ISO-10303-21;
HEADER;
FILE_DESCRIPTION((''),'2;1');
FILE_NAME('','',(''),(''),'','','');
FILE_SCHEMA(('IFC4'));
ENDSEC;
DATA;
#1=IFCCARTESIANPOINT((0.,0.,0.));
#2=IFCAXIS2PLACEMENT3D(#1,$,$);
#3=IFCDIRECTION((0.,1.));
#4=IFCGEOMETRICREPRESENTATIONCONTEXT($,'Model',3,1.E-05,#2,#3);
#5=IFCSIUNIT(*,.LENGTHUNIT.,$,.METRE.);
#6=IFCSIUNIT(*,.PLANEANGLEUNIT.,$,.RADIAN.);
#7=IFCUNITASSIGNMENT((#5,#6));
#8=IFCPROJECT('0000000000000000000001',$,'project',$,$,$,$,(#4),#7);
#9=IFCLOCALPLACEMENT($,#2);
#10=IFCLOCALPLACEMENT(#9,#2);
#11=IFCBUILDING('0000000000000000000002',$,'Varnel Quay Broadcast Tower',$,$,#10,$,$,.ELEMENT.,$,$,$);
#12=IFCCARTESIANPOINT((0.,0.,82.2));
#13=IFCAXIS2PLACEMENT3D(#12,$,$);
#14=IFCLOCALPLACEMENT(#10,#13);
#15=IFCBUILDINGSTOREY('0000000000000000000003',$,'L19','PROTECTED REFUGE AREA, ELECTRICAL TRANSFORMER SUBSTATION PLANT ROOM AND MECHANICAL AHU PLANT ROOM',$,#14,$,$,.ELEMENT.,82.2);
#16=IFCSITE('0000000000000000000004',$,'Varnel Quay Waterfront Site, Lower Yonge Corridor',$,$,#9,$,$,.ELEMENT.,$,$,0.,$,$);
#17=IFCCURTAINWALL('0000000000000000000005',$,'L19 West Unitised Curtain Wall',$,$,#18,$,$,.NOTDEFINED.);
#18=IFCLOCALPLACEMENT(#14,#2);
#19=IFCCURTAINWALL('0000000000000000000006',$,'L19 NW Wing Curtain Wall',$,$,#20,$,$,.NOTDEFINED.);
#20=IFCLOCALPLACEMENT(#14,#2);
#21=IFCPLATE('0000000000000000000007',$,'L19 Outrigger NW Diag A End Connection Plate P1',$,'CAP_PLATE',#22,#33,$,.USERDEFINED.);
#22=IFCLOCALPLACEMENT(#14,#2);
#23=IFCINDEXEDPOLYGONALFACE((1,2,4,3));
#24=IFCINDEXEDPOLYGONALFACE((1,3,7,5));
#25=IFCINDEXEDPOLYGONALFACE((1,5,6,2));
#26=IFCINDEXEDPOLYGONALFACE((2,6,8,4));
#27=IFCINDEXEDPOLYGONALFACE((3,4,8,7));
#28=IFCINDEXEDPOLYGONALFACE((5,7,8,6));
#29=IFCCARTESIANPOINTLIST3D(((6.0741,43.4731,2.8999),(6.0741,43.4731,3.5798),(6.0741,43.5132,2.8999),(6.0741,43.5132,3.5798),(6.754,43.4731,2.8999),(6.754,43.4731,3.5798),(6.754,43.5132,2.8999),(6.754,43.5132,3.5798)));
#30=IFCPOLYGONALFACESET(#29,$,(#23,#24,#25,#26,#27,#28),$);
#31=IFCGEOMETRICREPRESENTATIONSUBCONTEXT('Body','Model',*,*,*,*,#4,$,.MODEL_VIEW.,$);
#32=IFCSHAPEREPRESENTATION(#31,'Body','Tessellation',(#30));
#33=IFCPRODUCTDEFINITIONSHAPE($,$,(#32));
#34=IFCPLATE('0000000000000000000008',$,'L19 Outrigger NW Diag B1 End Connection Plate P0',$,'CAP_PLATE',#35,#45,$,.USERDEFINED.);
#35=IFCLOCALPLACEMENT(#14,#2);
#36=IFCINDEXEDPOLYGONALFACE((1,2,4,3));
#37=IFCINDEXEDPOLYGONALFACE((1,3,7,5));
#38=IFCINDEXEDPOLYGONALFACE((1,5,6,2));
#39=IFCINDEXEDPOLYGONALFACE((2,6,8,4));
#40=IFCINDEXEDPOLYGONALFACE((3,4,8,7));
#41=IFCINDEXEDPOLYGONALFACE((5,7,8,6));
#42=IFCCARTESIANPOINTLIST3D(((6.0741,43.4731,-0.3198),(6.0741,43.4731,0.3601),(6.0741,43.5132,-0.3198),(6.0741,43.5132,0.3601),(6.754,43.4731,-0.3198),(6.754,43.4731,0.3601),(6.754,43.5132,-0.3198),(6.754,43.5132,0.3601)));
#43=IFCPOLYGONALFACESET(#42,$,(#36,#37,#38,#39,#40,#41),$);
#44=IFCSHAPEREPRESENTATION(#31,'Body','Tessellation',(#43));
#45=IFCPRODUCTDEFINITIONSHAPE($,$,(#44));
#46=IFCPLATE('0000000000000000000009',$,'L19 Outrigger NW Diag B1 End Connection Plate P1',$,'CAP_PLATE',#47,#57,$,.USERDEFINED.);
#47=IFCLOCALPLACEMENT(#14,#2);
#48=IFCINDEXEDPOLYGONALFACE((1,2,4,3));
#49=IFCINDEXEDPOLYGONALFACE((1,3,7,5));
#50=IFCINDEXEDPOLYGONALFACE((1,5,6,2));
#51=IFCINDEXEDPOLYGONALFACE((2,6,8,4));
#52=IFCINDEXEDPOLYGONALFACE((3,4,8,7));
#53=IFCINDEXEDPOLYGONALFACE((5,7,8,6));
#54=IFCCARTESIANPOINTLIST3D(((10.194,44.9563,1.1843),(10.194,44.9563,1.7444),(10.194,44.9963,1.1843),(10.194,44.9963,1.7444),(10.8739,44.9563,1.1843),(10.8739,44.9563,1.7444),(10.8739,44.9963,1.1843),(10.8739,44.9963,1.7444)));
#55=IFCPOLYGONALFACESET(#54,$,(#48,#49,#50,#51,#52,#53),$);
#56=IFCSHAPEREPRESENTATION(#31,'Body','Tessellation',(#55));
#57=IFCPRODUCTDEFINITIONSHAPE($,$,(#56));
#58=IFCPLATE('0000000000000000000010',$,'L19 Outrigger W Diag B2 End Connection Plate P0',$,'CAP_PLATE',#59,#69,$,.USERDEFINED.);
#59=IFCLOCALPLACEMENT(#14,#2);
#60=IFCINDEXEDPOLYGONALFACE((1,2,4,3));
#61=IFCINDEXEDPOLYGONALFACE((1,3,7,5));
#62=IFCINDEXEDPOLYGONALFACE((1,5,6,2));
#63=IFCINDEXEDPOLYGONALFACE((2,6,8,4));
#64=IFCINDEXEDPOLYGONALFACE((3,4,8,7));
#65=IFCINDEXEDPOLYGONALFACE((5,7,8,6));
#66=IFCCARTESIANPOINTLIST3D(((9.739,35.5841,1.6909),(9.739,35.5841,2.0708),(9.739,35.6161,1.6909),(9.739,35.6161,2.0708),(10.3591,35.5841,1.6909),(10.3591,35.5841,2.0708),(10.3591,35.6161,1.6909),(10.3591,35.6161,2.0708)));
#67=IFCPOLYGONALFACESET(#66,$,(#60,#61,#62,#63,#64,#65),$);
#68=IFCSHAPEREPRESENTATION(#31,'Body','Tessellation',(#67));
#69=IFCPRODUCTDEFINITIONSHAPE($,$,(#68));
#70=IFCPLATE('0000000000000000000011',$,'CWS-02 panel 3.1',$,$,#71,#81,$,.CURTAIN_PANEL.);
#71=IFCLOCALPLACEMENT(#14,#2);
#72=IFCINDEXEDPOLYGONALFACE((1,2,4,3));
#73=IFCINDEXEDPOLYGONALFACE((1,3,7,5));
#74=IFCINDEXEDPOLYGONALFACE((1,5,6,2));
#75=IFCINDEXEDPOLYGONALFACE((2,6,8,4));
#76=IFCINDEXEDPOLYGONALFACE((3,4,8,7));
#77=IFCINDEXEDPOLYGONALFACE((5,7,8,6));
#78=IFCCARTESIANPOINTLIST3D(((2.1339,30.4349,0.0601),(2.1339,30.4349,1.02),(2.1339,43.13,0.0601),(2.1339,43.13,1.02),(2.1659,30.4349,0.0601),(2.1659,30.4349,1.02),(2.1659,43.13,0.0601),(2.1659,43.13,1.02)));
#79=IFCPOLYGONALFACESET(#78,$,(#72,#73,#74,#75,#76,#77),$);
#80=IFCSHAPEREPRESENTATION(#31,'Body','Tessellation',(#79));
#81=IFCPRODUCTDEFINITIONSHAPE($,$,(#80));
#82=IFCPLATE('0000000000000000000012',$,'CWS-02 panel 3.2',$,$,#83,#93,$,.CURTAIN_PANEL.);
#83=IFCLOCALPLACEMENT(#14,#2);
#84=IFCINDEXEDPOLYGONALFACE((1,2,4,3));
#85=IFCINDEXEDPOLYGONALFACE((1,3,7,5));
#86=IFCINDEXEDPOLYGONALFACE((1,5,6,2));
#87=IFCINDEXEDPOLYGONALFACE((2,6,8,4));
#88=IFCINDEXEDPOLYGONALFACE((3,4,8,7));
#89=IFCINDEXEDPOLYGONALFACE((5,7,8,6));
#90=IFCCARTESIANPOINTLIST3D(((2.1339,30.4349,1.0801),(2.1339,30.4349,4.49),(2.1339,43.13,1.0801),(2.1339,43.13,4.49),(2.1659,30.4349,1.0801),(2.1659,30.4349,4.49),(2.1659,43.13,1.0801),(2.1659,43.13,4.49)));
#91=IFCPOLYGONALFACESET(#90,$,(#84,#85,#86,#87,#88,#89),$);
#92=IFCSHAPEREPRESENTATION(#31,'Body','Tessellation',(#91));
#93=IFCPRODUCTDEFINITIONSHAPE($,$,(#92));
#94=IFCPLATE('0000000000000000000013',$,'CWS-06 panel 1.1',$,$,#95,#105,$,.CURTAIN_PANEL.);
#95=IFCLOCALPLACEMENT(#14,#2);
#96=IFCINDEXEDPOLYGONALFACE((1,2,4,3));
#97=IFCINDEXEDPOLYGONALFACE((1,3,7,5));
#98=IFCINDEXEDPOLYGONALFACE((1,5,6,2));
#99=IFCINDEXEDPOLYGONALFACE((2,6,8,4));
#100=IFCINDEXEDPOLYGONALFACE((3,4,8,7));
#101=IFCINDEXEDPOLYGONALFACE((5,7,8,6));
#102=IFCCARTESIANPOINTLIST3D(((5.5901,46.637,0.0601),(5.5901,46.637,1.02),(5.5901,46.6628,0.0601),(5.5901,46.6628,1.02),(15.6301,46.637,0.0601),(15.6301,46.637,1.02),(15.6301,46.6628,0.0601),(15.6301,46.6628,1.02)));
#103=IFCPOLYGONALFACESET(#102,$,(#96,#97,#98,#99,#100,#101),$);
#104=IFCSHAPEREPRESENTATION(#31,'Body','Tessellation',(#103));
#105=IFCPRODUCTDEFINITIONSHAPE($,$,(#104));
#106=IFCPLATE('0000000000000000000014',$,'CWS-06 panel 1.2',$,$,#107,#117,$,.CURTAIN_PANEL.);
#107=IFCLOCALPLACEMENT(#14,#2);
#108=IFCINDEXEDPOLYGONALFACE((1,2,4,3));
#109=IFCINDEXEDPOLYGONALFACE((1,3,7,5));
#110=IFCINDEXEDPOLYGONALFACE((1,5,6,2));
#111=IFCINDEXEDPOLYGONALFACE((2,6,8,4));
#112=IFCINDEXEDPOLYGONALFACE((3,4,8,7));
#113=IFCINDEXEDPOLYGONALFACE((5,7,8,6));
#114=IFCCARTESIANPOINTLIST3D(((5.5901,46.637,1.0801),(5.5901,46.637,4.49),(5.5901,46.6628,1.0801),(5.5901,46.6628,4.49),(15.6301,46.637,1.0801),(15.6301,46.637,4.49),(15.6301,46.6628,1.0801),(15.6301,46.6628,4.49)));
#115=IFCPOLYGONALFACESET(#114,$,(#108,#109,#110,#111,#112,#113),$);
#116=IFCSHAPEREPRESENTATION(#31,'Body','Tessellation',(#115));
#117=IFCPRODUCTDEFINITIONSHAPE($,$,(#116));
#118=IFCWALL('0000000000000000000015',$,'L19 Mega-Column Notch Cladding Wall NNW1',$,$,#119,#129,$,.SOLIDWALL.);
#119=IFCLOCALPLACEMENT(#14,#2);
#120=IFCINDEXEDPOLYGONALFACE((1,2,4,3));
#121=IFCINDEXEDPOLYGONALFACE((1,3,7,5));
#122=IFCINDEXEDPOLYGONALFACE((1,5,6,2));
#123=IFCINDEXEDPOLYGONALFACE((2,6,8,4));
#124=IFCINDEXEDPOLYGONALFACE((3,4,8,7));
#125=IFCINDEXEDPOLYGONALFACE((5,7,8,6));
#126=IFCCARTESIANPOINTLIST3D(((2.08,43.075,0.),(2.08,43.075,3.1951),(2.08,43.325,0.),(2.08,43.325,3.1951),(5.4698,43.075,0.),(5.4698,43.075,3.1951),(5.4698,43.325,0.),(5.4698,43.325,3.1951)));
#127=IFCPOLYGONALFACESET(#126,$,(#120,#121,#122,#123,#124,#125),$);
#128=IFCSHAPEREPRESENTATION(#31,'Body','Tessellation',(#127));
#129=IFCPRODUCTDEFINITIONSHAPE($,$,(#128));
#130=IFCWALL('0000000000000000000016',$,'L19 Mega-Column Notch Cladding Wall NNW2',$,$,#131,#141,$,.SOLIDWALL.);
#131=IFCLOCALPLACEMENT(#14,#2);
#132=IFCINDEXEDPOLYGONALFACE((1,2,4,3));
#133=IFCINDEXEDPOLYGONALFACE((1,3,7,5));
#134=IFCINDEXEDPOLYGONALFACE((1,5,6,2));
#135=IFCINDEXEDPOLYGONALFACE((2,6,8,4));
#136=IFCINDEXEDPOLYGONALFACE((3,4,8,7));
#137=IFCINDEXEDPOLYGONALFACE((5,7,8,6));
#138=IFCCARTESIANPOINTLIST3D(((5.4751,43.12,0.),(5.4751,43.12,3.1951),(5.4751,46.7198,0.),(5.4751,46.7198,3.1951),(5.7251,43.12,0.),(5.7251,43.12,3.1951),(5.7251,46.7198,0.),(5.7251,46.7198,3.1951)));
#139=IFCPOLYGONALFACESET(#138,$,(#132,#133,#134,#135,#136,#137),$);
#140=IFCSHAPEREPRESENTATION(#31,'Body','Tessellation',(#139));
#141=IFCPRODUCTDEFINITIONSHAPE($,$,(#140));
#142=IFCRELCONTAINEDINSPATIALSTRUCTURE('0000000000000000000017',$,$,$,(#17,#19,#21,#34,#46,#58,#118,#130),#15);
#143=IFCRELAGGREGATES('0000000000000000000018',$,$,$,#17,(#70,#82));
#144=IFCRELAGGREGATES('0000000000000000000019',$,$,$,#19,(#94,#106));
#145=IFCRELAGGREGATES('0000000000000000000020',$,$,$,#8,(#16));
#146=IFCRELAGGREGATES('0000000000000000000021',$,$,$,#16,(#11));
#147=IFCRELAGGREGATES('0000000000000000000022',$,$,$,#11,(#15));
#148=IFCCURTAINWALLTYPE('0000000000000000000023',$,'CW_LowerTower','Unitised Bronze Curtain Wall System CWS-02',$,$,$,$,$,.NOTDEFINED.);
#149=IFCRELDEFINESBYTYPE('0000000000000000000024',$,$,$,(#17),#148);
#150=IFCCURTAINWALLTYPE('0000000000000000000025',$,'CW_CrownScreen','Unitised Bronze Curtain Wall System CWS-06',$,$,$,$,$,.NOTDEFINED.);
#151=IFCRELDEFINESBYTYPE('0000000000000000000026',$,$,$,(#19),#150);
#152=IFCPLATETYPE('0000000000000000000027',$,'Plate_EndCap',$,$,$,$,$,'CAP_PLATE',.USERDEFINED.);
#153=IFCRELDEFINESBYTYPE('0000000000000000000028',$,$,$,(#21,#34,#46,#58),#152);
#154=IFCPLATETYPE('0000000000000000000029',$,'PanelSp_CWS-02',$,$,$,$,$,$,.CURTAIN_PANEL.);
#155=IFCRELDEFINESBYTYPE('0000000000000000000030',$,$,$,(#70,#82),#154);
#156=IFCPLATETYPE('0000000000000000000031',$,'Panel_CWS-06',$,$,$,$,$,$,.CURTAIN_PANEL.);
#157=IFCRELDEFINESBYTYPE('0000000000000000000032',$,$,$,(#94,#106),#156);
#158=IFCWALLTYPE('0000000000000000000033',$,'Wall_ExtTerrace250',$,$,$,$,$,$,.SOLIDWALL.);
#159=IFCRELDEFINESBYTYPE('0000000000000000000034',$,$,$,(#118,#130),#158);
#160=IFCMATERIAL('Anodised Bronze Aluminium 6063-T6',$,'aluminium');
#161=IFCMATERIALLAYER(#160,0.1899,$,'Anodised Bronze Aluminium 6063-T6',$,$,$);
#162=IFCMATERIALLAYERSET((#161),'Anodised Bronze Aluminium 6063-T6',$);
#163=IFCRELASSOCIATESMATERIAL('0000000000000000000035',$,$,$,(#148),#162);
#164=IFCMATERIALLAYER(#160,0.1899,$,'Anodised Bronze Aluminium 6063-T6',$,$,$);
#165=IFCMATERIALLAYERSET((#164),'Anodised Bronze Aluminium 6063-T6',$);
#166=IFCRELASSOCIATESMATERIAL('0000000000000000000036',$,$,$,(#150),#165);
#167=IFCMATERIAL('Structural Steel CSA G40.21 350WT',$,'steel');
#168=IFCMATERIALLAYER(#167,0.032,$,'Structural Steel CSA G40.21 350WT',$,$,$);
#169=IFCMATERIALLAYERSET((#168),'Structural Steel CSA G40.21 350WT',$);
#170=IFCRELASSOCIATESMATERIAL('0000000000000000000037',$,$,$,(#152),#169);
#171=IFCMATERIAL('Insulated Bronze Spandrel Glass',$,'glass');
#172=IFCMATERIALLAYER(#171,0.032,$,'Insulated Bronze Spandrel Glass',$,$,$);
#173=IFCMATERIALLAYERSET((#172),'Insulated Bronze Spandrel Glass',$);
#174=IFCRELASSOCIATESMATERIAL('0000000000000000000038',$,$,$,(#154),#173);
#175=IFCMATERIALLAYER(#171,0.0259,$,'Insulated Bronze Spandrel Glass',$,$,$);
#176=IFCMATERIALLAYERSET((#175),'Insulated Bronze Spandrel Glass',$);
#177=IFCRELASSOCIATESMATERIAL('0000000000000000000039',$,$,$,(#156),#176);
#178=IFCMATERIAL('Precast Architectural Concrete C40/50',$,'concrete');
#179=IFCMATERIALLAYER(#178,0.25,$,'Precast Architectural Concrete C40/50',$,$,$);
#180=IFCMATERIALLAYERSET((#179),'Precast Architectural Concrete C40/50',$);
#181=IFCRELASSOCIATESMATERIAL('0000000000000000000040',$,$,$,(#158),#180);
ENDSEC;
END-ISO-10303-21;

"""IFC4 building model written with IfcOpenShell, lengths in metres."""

from ifc_helpers import new_model, si_unit, direction, frame, frame_2d, origin, origin_2d, place, context, subcontext, project, spatial, rectangle, extrude, source, transform, mapped, material, layer, layer_set, type_object, type_shapes, element, aggregate, save


model = new_model("IFC4")

# Units and contexts
model_context = context("Model", 3, precision=1e-05, world=origin(), true_north=direction((0.0, 1.0)))
body_context = subcontext(model_context, "Body", "Model", "MODEL_VIEW")
ifc_project = project(units=[si_unit("LENGTHUNIT", "METRE"), si_unit("PLANEANGLEUNIT", "RADIAN")], contexts=[model_context])

# Site, building, storey
site_placement = place(None, origin())
site = spatial("IfcSite", under=ifc_project, at=site_placement, Name="Varnel Quay Waterfront Site, Lower Yonge Corridor", CompositionType="ELEMENT", RefElevation=0.0)
building_placement = place(site_placement, origin())
building = spatial("IfcBuilding", under=site, at=building_placement, Name="Varnel Quay Broadcast Tower", CompositionType="ELEMENT")
storey_placement = place(building_placement, frame((0.0, 0.0, 82.2)))
storey = spatial("IfcBuildingStorey", under=building, at=storey_placement, Name="L19", Description="PROTECTED REFUGE AREA, ELECTRICAL TRANSFORMER SUBSTATION PLANT ROOM AND MECHANICAL AHU PLANT ROOM", CompositionType="ELEMENT", Elevation=82.2)

# Shared definitions
ifc_material_1 = material(Name="Structural Steel CSA G40.21 350WT", Category="steel")

# Curtain wall
ifc_material_2 = material(Name="Anodised Bronze Aluminium 6063-T6", Category="aluminium")
ifc_layer_1 = layer(ifc_material_2, 0.1899, Name="Anodised Bronze Aluminium 6063-T6")
ifc_layer_set_1 = layer_set([ifc_layer_1], Name="Anodised Bronze Aluminium 6063-T6")
curtain_wall_type_1 = type_object("IfcCurtainWallType", Name="CW_LowerTower", Description="Unitised Bronze Curtain Wall System CWS-02", PredefinedType="NOTDEFINED", material=ifc_layer_set_1)
curtain_wall_1_placement = place(storey_placement, origin())
curtain_wall_1 = element("IfcCurtainWall", 1, at=curtain_wall_1_placement, inside=storey, type_object=curtain_wall_type_1, Name="L19 West Unitised Curtain Wall", PredefinedType="NOTDEFINED")

# Curtain wall
ifc_layer_2 = layer(ifc_material_2, 0.1899, Name="Anodised Bronze Aluminium 6063-T6")
ifc_layer_set_2 = layer_set([ifc_layer_2], Name="Anodised Bronze Aluminium 6063-T6")
curtain_wall_type_2 = type_object("IfcCurtainWallType", Name="CW_CrownScreen", Description="Unitised Bronze Curtain Wall System CWS-06", PredefinedType="NOTDEFINED", material=ifc_layer_set_2)
curtain_wall_2_placement = place(storey_placement, origin())
curtain_wall_2 = element("IfcCurtainWall", 2, at=curtain_wall_2_placement, inside=storey, type_object=curtain_wall_type_2, Name="L19 NW Wing Curtain Wall", PredefinedType="NOTDEFINED")

# Plates
ifc_layer_3 = layer(ifc_material_1, 0.032, Name="Structural Steel CSA G40.21 350WT")
ifc_layer_set_3 = layer_set([ifc_layer_3], Name="Structural Steel CSA G40.21 350WT")
plate_type_1 = type_object("IfcPlateType", Name="Plate_EndCap", ElementType="CAP_PLATE", PredefinedType="USERDEFINED", material=ifc_layer_set_3)
shared_shape_1 = source(origin(), body_context, "Body", "SweptSolid", [
    extrude(rectangle(XDim=0.6799, YDim=0.04, at=origin_2d()), origin(), (0.0, 0.0, 1.0), 0.6799),
])
for number, where, z_axis, x_axis, name in (
    (3, (6.4141, 43.4932, 2.8999), (0.0, 0.0, 1.0), (1.0, 0.0, 0.0), "L19 Outrigger NW Diag A End Connection Plate P1"),
    (4, (6.4141, 43.4932, -0.3198), (0.0, 0.0, 1.0), (1.0, 0.0, 0.0), "L19 Outrigger NW Diag B1 End Connection Plate P0"),
):
    element("IfcPlate", number, at=place(storey_placement, frame(where, z_axis=z_axis, x_axis=x_axis)), inside=storey, type_object=plate_type_1, Name=name, ObjectType="CAP_PLATE", PredefinedType="USERDEFINED", context=body_context, shape_type="MappedRepresentation", body=[
        mapped(shared_shape_1, transform((0.0, 0.0, 0.0), x_axis=(1.0, 0.0, 0.0), y_axis=(0.0, 1.0, 0.0), z_axis=(0.0, 0.0, 1.0), scale=1.0)),
    ])
shared_shape_2 = source(origin(), body_context, "Body", "SweptSolid", [
    extrude(rectangle(XDim=0.6799, YDim=0.04, at=origin_2d()), origin(), (0.0, 0.0, 1.0), 0.5601),
])
plate_1_placement = place(storey_placement, frame((10.5339, 44.9763, 1.1843), z_axis=(0.0, 0.0, 1.0), x_axis=(1.0, 0.0, 0.0)))
element("IfcPlate", 5, at=plate_1_placement, inside=storey, type_object=plate_type_1, Name="L19 Outrigger NW Diag B1 End Connection Plate P1", ObjectType="CAP_PLATE", PredefinedType="USERDEFINED", context=body_context, shape_type="MappedRepresentation", body=[
    mapped(shared_shape_2, transform((0.0, 0.0, 0.0), x_axis=(1.0, 0.0, 0.0), y_axis=(0.0, 1.0, 0.0), z_axis=(0.0, 0.0, 1.0), scale=1.0)),
])
shared_shape_3 = source(origin(), body_context, "Body", "SweptSolid", [
    extrude(rectangle(XDim=0.6201, YDim=0.032, at=origin_2d()), origin(), (0.0, 0.0, 1.0), 0.3799),
])
type_shapes(plate_type_1, [shared_shape_1, shared_shape_2, shared_shape_3])
plate_2_placement = place(storey_placement, frame((10.0491, 35.6001, 1.6909), z_axis=(0.0, 0.0, 1.0), x_axis=(1.0, 0.0, 0.0)))
element("IfcPlate", 6, at=plate_2_placement, inside=storey, type_object=plate_type_1, Name="L19 Outrigger W Diag B2 End Connection Plate P0", ObjectType="CAP_PLATE", PredefinedType="USERDEFINED", context=body_context, shape_type="MappedRepresentation", body=[
    mapped(shared_shape_3, transform((0.0, 0.0, 0.0), x_axis=(1.0, 0.0, 0.0), y_axis=(0.0, 1.0, 0.0), z_axis=(0.0, 0.0, 1.0), scale=1.0)),
])

# Plates
ifc_material_3 = material(Name="Insulated Bronze Spandrel Glass", Category="glass")
ifc_layer_4 = layer(ifc_material_3, 0.032, Name="Insulated Bronze Spandrel Glass")
ifc_layer_set_4 = layer_set([ifc_layer_4], Name="Insulated Bronze Spandrel Glass")
plate_type_2 = type_object("IfcPlateType", Name="PanelSp_CWS-02", PredefinedType="CURTAIN_PANEL", material=ifc_layer_set_4)
shared_shape_4 = source(origin(), body_context, "Body", "SweptSolid", [
    extrude(rectangle(XDim=12.6951, YDim=0.032, at=origin_2d()), origin(), (0.0, 0.0, 1.0), 0.96),
])
plate_3_placement = place(storey_placement, frame((2.1499, 36.7825, 0.0601), z_axis=(0.0, 0.0, 1.0), x_axis=(0.0, 1.0, 0.0)))
plate_3 = element("IfcPlate", 7, at=plate_3_placement, type_object=plate_type_2, Name="CWS-02 panel 3.1", PredefinedType="CURTAIN_PANEL", context=body_context, shape_type="MappedRepresentation", body=[
    mapped(shared_shape_4, transform((0.0, 0.0, 0.0), x_axis=(1.0, 0.0, 0.0), y_axis=(0.0, 1.0, 0.0), z_axis=(0.0, 0.0, 1.0), scale=1.0)),
])
shared_shape_5 = source(origin(), body_context, "Body", "SweptSolid", [
    extrude(rectangle(XDim=12.6951, YDim=0.032, at=origin_2d()), origin(), (0.0, 0.0, 1.0), 3.4099),
])
type_shapes(plate_type_2, [shared_shape_4, shared_shape_5])
plate_4_placement = place(storey_placement, frame((2.1499, 36.7825, 1.0801), z_axis=(0.0, 0.0, 1.0), x_axis=(0.0, 1.0, 0.0)))
plate_4 = element("IfcPlate", 8, at=plate_4_placement, type_object=plate_type_2, Name="CWS-02 panel 3.2", PredefinedType="CURTAIN_PANEL", context=body_context, shape_type="MappedRepresentation", body=[
    mapped(shared_shape_5, transform((0.0, 0.0, 0.0), x_axis=(1.0, 0.0, 0.0), y_axis=(0.0, 1.0, 0.0), z_axis=(0.0, 0.0, 1.0), scale=1.0)),
])
aggregate(curtain_wall_1, [plate_3, plate_4])
ifc_layer_5 = layer(ifc_material_3, 0.0259, Name="Insulated Bronze Spandrel Glass")
ifc_layer_set_5 = layer_set([ifc_layer_5], Name="Insulated Bronze Spandrel Glass")
plate_type_3 = type_object("IfcPlateType", Name="Panel_CWS-06", PredefinedType="CURTAIN_PANEL", material=ifc_layer_set_5)
shared_shape_6 = source(origin(), body_context, "Body", "SweptSolid", [
    extrude(rectangle(XDim=10.04, YDim=0.0259, at=origin_2d()), origin(), (0.0, 0.0, 1.0), 0.96),
])
plate_5_placement = place(storey_placement, frame((10.6101, 46.6499, 0.0601), z_axis=(0.0, 0.0, 1.0), x_axis=(1.0, 0.0, 0.0)))
plate_5 = element("IfcPlate", 9, at=plate_5_placement, type_object=plate_type_3, Name="CWS-06 panel 1.1", PredefinedType="CURTAIN_PANEL", context=body_context, shape_type="MappedRepresentation", body=[
    mapped(shared_shape_6, transform((0.0, 0.0, 0.0), x_axis=(1.0, 0.0, 0.0), y_axis=(0.0, 1.0, 0.0), z_axis=(0.0, 0.0, 1.0), scale=1.0)),
])
shared_shape_7 = source(origin(), body_context, "Body", "SweptSolid", [
    extrude(rectangle(XDim=10.04, YDim=0.0259, at=origin_2d()), origin(), (0.0, 0.0, 1.0), 3.4099),
])
type_shapes(plate_type_3, [shared_shape_6, shared_shape_7])
plate_6_placement = place(storey_placement, frame((10.6101, 46.6499, 1.0801), z_axis=(0.0, 0.0, 1.0), x_axis=(1.0, 0.0, 0.0)))
plate_6 = element("IfcPlate", 10, at=plate_6_placement, type_object=plate_type_3, Name="CWS-06 panel 1.2", PredefinedType="CURTAIN_PANEL", context=body_context, shape_type="MappedRepresentation", body=[
    mapped(shared_shape_7, transform((0.0, 0.0, 0.0), x_axis=(1.0, 0.0, 0.0), y_axis=(0.0, 1.0, 0.0), z_axis=(0.0, 0.0, 1.0), scale=1.0)),
])
aggregate(curtain_wall_2, [plate_5, plate_6])

# Walls
ifc_material_4 = material(Name="Precast Architectural Concrete C40/50", Category="concrete")
ifc_layer_6 = layer(ifc_material_4, 0.25, Name="Precast Architectural Concrete C40/50")
ifc_layer_set_6 = layer_set([ifc_layer_6], Name="Precast Architectural Concrete C40/50")
wall_type = type_object("IfcWallType", Name="Wall_ExtTerrace250", PredefinedType="SOLIDWALL", material=ifc_layer_set_6)
wall_1_placement = place(storey_placement, frame((2.0801, 43.2, 0.0), z_axis=(0.0, 0.0, 1.0), x_axis=(1.0, 0.0, 0.0)))
element("IfcWall", 11, at=wall_1_placement, inside=storey, type_object=wall_type, Name="L19 Mega-Column Notch Cladding Wall NNW1", PredefinedType="SOLIDWALL", context=body_context, shape_type="SweptSolid", body=[
    extrude(rectangle(XDim=3.3899, YDim=0.25, at=frame_2d((1.6948, 0.0))), origin(), (0.0, 0.0, 1.0), 3.1951),
])
wall_2_placement = place(storey_placement, frame((5.6001, 43.1201, 0.0), z_axis=(0.0, 0.0, 1.0), x_axis=(0.0, 1.0, 0.0)))
element("IfcWall", 12, at=wall_2_placement, inside=storey, type_object=wall_type, Name="L19 Mega-Column Notch Cladding Wall NNW2", PredefinedType="SOLIDWALL", context=body_context, shape_type="SweptSolid", body=[
    extrude(rectangle(XDim=3.5999, YDim=0.25, at=frame_2d((1.7998, 0.0))), origin(), (0.0, 0.0, 1.0), 3.1951),
])

save(model, "model.ifc")
